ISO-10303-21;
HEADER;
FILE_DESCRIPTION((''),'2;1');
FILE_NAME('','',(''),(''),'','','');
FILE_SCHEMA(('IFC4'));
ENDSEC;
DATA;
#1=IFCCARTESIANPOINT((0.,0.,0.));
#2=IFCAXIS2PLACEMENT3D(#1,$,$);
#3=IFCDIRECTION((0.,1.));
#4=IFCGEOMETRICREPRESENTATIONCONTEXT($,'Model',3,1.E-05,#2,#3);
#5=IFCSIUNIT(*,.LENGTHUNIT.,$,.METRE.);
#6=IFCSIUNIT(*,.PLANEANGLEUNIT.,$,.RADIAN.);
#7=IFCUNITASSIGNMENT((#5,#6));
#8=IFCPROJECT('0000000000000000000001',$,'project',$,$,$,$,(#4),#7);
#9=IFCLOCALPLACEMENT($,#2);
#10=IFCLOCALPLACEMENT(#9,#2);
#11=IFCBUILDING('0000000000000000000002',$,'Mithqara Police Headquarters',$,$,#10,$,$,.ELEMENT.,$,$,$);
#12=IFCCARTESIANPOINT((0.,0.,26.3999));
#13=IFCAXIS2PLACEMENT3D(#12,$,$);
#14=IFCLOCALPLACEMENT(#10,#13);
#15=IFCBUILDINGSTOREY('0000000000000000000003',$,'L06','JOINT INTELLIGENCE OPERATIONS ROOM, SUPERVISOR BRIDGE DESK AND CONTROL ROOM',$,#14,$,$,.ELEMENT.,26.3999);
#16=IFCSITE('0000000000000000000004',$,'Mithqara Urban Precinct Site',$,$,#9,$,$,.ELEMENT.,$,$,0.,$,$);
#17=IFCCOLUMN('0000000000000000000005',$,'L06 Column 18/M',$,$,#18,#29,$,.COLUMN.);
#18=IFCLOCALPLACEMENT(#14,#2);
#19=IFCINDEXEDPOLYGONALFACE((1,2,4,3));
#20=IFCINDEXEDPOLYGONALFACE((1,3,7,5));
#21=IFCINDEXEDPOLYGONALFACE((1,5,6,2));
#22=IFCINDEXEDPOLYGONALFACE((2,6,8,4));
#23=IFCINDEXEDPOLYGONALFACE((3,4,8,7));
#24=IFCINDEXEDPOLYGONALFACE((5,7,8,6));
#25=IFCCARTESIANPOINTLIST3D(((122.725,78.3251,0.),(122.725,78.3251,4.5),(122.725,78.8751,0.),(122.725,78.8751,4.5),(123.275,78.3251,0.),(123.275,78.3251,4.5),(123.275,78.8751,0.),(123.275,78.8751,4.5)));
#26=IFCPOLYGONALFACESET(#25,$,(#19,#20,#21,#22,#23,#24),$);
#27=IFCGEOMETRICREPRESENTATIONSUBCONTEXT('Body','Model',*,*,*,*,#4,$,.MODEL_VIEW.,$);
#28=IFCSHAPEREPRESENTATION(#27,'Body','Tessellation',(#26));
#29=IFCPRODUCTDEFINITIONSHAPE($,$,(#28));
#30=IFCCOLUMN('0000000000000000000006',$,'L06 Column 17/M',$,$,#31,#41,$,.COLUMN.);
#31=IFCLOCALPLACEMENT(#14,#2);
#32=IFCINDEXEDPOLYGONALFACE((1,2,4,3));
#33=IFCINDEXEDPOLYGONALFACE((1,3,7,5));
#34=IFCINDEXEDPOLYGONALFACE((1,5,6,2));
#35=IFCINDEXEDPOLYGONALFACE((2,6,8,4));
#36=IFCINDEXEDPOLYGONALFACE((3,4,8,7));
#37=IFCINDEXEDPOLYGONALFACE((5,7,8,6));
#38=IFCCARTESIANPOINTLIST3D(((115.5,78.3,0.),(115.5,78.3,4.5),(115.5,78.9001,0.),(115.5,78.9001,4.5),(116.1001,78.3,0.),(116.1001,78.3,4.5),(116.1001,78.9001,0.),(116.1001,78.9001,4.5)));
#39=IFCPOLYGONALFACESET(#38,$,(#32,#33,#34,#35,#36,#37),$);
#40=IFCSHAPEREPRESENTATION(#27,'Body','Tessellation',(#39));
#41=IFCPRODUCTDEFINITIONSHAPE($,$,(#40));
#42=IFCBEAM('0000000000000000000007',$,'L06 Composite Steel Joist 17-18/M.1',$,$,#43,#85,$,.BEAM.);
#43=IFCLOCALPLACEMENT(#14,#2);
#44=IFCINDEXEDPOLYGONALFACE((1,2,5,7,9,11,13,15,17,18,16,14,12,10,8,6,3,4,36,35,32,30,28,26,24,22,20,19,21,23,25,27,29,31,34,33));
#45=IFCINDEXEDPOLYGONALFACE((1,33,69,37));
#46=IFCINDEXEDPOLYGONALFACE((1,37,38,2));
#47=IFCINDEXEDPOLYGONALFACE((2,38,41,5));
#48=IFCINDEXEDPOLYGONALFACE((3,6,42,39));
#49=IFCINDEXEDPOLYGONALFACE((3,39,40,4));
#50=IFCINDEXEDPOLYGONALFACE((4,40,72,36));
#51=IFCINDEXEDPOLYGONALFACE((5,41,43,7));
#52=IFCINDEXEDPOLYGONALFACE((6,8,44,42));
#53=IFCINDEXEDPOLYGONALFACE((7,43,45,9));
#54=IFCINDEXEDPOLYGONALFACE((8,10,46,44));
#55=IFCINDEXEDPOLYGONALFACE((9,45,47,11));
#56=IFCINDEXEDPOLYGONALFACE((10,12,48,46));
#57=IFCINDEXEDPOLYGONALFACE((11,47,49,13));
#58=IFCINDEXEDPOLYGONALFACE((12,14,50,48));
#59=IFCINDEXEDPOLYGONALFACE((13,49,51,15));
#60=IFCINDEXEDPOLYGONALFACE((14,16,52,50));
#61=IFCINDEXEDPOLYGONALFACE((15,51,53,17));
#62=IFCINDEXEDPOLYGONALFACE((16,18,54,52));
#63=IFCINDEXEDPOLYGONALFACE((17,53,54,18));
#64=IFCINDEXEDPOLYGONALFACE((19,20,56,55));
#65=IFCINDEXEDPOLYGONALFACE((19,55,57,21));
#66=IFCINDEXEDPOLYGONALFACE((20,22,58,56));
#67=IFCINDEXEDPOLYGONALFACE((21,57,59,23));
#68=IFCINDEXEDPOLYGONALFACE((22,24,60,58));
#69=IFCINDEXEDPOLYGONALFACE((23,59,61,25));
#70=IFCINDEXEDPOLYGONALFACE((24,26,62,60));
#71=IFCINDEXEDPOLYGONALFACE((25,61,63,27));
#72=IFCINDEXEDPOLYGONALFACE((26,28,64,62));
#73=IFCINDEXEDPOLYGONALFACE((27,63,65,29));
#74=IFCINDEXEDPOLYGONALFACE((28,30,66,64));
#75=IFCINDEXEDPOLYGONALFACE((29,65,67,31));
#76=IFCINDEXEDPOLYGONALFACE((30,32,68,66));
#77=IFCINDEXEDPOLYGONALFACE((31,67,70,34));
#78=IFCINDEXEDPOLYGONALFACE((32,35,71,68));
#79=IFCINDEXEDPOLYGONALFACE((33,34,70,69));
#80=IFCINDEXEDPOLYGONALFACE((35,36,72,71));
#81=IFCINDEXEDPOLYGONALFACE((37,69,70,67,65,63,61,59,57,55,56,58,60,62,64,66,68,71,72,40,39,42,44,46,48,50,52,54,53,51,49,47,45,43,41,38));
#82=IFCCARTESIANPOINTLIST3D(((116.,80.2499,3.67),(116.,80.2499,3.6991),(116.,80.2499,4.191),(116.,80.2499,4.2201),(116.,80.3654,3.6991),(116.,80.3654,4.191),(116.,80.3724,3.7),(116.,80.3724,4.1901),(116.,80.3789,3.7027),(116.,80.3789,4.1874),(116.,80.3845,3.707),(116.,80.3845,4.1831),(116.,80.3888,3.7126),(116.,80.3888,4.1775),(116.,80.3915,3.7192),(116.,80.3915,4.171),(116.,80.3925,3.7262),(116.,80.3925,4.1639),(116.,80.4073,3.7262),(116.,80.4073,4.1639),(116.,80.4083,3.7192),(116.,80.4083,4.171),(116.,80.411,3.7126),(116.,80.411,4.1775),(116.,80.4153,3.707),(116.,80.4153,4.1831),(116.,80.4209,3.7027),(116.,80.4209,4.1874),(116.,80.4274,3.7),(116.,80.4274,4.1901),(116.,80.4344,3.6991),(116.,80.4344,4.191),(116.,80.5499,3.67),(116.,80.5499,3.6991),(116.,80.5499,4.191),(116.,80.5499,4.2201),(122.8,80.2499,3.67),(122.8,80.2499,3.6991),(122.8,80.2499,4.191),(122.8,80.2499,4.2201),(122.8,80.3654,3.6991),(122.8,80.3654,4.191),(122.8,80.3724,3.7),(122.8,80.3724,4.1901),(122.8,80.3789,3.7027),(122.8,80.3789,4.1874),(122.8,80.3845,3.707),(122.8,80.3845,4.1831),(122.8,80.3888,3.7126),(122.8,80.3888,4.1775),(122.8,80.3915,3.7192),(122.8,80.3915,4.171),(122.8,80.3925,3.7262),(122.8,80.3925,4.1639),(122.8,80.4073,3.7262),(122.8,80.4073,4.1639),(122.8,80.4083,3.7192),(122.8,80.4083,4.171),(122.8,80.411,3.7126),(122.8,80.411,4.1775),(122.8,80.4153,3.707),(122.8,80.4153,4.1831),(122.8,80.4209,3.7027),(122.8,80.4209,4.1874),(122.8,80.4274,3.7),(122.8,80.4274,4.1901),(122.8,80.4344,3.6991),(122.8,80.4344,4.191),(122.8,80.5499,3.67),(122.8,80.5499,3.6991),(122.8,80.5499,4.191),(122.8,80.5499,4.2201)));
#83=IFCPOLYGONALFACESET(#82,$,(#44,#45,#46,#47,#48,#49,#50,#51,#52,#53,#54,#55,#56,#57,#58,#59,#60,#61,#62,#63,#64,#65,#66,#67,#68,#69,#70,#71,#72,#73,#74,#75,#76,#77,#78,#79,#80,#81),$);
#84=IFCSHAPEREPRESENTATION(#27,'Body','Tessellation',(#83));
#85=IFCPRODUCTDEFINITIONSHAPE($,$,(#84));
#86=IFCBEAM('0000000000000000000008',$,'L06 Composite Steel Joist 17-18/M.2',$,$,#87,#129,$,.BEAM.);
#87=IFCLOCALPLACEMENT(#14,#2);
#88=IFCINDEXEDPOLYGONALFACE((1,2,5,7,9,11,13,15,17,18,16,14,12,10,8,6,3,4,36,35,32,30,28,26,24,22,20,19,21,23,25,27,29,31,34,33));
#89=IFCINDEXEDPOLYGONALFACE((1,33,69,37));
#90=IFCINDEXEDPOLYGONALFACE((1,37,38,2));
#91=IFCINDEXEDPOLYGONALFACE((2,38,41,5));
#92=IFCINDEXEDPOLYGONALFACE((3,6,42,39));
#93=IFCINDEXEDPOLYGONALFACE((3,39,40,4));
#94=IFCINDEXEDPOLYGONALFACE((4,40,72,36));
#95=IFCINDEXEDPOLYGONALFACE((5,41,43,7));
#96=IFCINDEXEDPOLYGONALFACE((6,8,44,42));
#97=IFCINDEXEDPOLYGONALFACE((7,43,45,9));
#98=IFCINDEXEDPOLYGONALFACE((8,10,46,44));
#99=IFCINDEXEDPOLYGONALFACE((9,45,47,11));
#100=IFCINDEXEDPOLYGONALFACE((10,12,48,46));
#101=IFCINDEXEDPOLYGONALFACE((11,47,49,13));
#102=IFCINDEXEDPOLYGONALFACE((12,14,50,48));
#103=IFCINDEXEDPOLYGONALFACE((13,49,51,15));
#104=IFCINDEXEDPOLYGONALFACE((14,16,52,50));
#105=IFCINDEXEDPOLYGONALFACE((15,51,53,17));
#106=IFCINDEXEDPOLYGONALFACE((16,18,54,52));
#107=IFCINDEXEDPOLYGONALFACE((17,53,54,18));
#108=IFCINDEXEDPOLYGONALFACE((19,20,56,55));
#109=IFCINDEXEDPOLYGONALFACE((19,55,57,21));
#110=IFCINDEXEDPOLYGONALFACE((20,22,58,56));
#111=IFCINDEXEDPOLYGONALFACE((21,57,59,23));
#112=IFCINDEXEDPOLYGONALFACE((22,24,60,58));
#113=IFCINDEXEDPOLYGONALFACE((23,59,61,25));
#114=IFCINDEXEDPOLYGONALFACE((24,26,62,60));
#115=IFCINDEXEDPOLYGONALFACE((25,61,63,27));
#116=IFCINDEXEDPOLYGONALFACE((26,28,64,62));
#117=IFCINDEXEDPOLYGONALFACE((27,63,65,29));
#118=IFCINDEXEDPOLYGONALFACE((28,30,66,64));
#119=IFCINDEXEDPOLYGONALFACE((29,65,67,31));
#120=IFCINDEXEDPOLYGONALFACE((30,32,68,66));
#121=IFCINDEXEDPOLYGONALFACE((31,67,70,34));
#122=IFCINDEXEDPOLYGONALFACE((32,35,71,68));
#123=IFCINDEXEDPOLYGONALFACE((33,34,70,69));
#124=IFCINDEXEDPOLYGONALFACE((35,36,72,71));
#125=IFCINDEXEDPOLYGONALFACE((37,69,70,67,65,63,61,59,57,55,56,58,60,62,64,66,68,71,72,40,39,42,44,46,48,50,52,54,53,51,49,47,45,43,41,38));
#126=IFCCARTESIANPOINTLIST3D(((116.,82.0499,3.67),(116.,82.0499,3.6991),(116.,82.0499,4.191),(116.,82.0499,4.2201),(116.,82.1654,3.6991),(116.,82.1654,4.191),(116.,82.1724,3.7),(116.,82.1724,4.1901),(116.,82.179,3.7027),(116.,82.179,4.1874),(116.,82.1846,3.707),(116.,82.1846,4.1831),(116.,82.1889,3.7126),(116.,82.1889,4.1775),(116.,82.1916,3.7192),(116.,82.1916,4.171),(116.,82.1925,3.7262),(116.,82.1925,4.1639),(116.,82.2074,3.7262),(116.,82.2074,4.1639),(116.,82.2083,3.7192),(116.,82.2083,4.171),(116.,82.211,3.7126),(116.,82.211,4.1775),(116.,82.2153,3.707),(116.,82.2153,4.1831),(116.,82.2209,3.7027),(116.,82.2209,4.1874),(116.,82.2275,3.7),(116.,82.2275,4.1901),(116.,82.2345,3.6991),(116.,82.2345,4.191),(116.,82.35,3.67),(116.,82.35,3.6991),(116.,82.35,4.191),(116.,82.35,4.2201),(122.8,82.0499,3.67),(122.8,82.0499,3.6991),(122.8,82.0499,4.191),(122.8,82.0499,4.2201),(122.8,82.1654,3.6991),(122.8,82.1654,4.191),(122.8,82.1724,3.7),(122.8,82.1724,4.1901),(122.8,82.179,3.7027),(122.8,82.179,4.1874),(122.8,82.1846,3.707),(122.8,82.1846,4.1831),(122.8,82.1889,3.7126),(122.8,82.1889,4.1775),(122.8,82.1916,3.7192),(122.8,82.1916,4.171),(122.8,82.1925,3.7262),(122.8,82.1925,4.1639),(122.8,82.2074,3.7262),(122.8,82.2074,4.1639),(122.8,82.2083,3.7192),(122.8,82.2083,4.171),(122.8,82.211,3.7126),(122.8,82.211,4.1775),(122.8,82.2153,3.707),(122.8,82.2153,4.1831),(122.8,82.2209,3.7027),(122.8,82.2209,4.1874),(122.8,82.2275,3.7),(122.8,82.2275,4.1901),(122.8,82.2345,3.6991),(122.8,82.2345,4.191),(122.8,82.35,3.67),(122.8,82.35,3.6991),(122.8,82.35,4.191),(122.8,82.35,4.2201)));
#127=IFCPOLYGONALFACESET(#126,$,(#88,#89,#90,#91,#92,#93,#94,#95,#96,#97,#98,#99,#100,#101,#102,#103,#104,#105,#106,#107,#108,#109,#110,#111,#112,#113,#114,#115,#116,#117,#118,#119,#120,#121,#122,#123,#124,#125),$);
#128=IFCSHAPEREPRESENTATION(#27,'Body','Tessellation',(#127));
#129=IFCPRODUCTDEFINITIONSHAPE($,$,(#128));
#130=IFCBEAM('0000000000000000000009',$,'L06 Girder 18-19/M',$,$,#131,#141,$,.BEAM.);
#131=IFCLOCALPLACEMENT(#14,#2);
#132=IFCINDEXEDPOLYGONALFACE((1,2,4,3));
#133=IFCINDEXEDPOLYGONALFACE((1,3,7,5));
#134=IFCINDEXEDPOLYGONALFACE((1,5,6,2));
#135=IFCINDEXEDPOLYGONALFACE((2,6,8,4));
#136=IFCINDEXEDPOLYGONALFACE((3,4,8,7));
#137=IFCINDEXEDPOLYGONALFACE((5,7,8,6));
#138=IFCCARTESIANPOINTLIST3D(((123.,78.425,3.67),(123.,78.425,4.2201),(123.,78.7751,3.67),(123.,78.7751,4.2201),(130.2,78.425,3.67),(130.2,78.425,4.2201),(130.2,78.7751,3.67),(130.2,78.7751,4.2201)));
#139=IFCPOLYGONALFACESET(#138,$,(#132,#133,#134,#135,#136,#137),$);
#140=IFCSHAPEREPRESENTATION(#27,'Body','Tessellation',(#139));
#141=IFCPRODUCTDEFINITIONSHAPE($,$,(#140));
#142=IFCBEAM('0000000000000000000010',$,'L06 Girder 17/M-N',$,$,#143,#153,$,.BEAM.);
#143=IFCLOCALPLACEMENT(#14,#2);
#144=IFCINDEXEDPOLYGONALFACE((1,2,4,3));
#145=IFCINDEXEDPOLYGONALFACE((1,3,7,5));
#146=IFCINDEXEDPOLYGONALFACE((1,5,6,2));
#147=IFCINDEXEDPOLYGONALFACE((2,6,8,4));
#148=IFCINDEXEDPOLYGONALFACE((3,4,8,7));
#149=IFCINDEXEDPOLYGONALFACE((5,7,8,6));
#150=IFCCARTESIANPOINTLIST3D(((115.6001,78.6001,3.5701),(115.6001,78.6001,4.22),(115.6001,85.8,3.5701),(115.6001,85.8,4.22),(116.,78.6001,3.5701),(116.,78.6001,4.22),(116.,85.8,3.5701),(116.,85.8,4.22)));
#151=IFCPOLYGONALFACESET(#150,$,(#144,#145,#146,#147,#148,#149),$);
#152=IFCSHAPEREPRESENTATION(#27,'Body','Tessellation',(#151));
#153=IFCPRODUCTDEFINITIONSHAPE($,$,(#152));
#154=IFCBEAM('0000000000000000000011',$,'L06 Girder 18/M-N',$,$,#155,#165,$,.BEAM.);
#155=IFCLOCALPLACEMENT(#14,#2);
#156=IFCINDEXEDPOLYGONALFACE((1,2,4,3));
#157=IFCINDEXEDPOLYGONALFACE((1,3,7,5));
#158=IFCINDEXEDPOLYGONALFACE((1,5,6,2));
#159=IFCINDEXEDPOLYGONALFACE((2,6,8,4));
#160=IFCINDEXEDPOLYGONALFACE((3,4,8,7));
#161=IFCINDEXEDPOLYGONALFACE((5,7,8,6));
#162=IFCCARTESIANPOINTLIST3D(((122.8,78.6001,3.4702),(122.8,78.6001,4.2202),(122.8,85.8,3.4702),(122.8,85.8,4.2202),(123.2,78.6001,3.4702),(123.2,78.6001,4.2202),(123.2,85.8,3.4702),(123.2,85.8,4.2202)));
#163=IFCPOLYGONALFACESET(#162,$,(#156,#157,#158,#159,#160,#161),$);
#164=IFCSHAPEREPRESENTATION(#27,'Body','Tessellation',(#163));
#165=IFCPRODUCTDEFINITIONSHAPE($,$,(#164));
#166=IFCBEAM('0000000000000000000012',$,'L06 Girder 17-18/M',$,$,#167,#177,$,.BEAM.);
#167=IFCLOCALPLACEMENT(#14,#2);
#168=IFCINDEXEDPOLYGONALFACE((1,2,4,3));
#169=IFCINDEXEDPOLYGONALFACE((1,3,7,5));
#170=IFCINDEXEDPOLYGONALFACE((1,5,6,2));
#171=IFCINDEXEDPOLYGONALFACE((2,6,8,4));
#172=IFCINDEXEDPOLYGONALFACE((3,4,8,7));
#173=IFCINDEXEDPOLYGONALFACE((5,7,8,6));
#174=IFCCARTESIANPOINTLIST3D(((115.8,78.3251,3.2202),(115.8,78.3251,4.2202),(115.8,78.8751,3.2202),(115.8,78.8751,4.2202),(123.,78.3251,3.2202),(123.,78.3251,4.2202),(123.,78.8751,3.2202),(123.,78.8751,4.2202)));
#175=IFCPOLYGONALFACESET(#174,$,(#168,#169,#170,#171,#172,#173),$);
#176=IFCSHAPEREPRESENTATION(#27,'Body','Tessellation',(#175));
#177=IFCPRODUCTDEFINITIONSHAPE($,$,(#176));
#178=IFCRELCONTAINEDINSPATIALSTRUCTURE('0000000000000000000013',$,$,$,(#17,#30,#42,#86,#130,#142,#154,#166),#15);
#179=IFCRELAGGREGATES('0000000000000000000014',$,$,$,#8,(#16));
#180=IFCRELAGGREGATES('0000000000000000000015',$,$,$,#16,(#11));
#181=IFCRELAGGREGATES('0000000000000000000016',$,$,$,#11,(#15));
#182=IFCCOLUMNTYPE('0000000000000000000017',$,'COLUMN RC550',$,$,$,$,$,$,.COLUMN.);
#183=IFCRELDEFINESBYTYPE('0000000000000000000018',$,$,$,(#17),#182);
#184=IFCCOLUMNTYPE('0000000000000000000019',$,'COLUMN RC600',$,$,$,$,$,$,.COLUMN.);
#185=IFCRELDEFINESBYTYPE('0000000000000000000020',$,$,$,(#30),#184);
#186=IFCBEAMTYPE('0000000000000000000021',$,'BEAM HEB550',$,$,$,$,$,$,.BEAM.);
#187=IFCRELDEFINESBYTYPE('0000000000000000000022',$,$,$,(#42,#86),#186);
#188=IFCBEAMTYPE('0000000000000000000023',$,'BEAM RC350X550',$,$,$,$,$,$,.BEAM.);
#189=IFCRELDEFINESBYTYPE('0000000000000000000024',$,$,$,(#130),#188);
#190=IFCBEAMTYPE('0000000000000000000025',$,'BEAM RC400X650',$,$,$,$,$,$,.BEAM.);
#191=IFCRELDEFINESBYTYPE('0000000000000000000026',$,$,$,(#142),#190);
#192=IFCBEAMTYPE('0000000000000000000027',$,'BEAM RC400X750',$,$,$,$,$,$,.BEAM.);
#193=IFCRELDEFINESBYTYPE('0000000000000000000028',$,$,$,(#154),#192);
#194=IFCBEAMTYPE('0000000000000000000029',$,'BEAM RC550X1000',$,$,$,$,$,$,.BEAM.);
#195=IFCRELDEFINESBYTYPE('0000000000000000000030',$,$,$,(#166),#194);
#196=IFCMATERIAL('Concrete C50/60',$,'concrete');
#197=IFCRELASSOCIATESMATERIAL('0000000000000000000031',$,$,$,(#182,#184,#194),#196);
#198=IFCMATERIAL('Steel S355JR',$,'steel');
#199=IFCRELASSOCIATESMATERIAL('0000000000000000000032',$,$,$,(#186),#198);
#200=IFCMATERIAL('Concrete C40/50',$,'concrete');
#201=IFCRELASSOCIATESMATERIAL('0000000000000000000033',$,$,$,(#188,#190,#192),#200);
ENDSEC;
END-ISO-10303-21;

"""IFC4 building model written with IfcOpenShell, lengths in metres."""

from ifc_helpers import new_model, si_unit, direction, frame, origin, origin_2d, place, context, subcontext, project, spatial, rectangle, i_section, extrude, material, material_profile, profile_set, type_object, element, save


model = new_model("IFC4")

# Units and contexts
model_context = context("Model", 3, precision=1e-05, world=origin(), true_north=direction((0.0, 1.0)))
body_context = subcontext(model_context, "Body", "Model", "MODEL_VIEW")
ifc_project = project(units=[si_unit("LENGTHUNIT", "METRE"), si_unit("PLANEANGLEUNIT", "RADIAN")], contexts=[model_context])

# Site, building, storey
site_placement = place(None, origin())
site = spatial("IfcSite", under=ifc_project, at=site_placement, Name="Mithqara Urban Precinct Site", CompositionType="ELEMENT", RefElevation=0.0)
building_placement = place(site_placement, origin())
building = spatial("IfcBuilding", under=site, at=building_placement, Name="Mithqara Police Headquarters", CompositionType="ELEMENT")
storey_placement = place(building_placement, frame((0.0, 0.0, 26.3999)))
storey = spatial("IfcBuildingStorey", under=building, at=storey_placement, Name="L06", Description="JOINT INTELLIGENCE OPERATIONS ROOM, SUPERVISOR BRIDGE DESK AND CONTROL ROOM", CompositionType="ELEMENT", Elevation=26.3999)

# Columns
ifc_material_1 = material(Name="Concrete C50/60", Category="concrete")
ifc_material_profile_1 = material_profile(ifc_material_1, rectangle(XDim=0.55, YDim=0.55, at=origin_2d()), Name="RC 550x550")
ifc_profile_set_1 = profile_set([ifc_material_profile_1], Name="Concrete C50/60")
column_type_1 = type_object("IfcColumnType", Name="COLUMN RC550", PredefinedType="COLUMN", material=ifc_profile_set_1)
column_1_placement = place(storey_placement, frame((123.0, 78.6001, 0.0), z_axis=(0.0, 0.0, 1.0), x_axis=(1.0, 0.0, 0.0)))
element("IfcColumn", 1, at=column_1_placement, inside=storey, type_object=column_type_1, Name="L06 Column 18/M", PredefinedType="COLUMN", context=body_context, shape_type="SweptSolid", body=[
    extrude(rectangle(XDim=0.55, YDim=0.55, at=origin_2d()), origin(), (0.0, 0.0, 1.0), 4.5),
])
ifc_material_profile_2 = material_profile(ifc_material_1, rectangle(XDim=0.6001, YDim=0.6001, at=origin_2d()), Name="RC 600x600")
ifc_profile_set_2 = profile_set([ifc_material_profile_2], Name="Concrete C50/60")
column_type_2 = type_object("IfcColumnType", Name="COLUMN RC600", PredefinedType="COLUMN", material=ifc_profile_set_2)
column_2_placement = place(storey_placement, frame((115.8, 78.6001, 0.0), z_axis=(0.0, 0.0, 1.0), x_axis=(1.0, 0.0, 0.0)))
element("IfcColumn", 2, at=column_2_placement, inside=storey, type_object=column_type_2, Name="L06 Column 17/M", PredefinedType="COLUMN", context=body_context, shape_type="SweptSolid", body=[
    extrude(rectangle(XDim=0.6001, YDim=0.6001, at=origin_2d()), origin(), (0.0, 0.0, 1.0), 4.5),
])

# Beams
ifc_material_2 = material(Name="Steel S355JR", Category="steel")
ifc_material_profile_3 = material_profile(ifc_material_2, i_section(OverallWidth=0.3, OverallDepth=0.55, WebThickness=0.0149, FlangeThickness=0.0291, FilletRadius=0.0271, at=origin_2d()), Name="HEB 550")
ifc_profile_set_3 = profile_set([ifc_material_profile_3], Name="Steel S355JR")
beam_type_1 = type_object("IfcBeamType", Name="BEAM HEB550", PredefinedType="BEAM", material=ifc_profile_set_3)
for number, where, z_axis, x_axis, name in (
    (3, (116.0, 80.3999, 3.9451), (1.0, 0.0, 0.0), (0.0, 1.0, 0.0), "L06 Composite Steel Joist 17-18/M.1"),
    (4, (116.0, 82.2, 3.9451), (1.0, 0.0, 0.0), (0.0, 1.0, 0.0), "L06 Composite Steel Joist 17-18/M.2"),
):
    element("IfcBeam", number, at=place(storey_placement, frame(where, z_axis=z_axis, x_axis=x_axis)), inside=storey, type_object=beam_type_1, Name=name, PredefinedType="BEAM", context=body_context, shape_type="SweptSolid", body=[
        extrude(i_section(OverallWidth=0.3, OverallDepth=0.55, WebThickness=0.0149, FlangeThickness=0.0291, FilletRadius=0.0271, at=origin_2d()), origin(), (0.0, 0.0, 1.0), 6.8),
    ])
ifc_material_3 = material(Name="Concrete C40/50", Category="concrete")
ifc_material_profile_4 = material_profile(ifc_material_3, rectangle(XDim=0.3501, YDim=0.55, at=origin_2d()), Name="RC 350x550")
ifc_profile_set_4 = profile_set([ifc_material_profile_4], Name="Concrete C40/50")
beam_type_2 = type_object("IfcBeamType", Name="BEAM RC350X550", PredefinedType="BEAM", material=ifc_profile_set_4)
beam_1_placement = place(storey_placement, frame((123.0, 78.6001, 3.9451), z_axis=(1.0, 0.0, 0.0), x_axis=(0.0, 1.0, 0.0)))
element("IfcBeam", 5, at=beam_1_placement, inside=storey, type_object=beam_type_2, Name="L06 Girder 18-19/M", PredefinedType="BEAM", context=body_context, shape_type="SweptSolid", body=[
    extrude(rectangle(XDim=0.3501, YDim=0.55, at=origin_2d()), origin(), (0.0, 0.0, 1.0), 7.2),
])
ifc_material_profile_5 = material_profile(ifc_material_3, rectangle(XDim=0.3999, YDim=0.6499, at=origin_2d()), Name="RC 400x650")
ifc_profile_set_5 = profile_set([ifc_material_profile_5], Name="Concrete C40/50")
beam_type_3 = type_object("IfcBeamType", Name="BEAM RC400X650", PredefinedType="BEAM", material=ifc_profile_set_5)
beam_2_placement = place(storey_placement, frame((115.8, 78.6001, 3.895), z_axis=(0.0, 1.0, 0.0), x_axis=(-1.0, 0.0, 0.0)))
element("IfcBeam", 6, at=beam_2_placement, inside=storey, type_object=beam_type_3, Name="L06 Girder 17/M-N", PredefinedType="BEAM", context=body_context, shape_type="SweptSolid", body=[
    extrude(rectangle(XDim=0.3999, YDim=0.6499, at=origin_2d()), origin(), (0.0, 0.0, 1.0), 7.2),
])
ifc_material_profile_6 = material_profile(ifc_material_3, rectangle(XDim=0.3999, YDim=0.75, at=origin_2d()), Name="RC 400x750")
ifc_profile_set_6 = profile_set([ifc_material_profile_6], Name="Concrete C40/50")
beam_type_4 = type_object("IfcBeamType", Name="BEAM RC400X750", PredefinedType="BEAM", material=ifc_profile_set_6)
beam_3_placement = place(storey_placement, frame((123.0, 78.6001, 3.8452), z_axis=(0.0, 1.0, 0.0), x_axis=(-1.0, 0.0, 0.0)))
element("IfcBeam", 7, at=beam_3_placement, inside=storey, type_object=beam_type_4, Name="L06 Girder 18/M-N", PredefinedType="BEAM", context=body_context, shape_type="SweptSolid", body=[
    extrude(rectangle(XDim=0.3999, YDim=0.75, at=origin_2d()), origin(), (0.0, 0.0, 1.0), 7.2),
])
ifc_material_profile_7 = material_profile(ifc_material_1, rectangle(XDim=0.55, YDim=1.0, at=origin_2d()), Name="RC 550x1000")
ifc_profile_set_7 = profile_set([ifc_material_profile_7], Name="Concrete C50/60")
beam_type_5 = type_object("IfcBeamType", Name="BEAM RC550X1000", PredefinedType="BEAM", material=ifc_profile_set_7)
beam_4_placement = place(storey_placement, frame((115.8, 78.6001, 3.7202), z_axis=(1.0, 0.0, 0.0), x_axis=(0.0, 1.0, 0.0)))
element("IfcBeam", 8, at=beam_4_placement, inside=storey, type_object=beam_type_5, Name="L06 Girder 17-18/M", PredefinedType="BEAM", context=body_context, shape_type="SweptSolid", body=[
    extrude(rectangle(XDim=0.55, YDim=1.0, at=origin_2d()), origin(), (0.0, 0.0, 1.0), 7.2),
])

save(model, "model.ifc")
